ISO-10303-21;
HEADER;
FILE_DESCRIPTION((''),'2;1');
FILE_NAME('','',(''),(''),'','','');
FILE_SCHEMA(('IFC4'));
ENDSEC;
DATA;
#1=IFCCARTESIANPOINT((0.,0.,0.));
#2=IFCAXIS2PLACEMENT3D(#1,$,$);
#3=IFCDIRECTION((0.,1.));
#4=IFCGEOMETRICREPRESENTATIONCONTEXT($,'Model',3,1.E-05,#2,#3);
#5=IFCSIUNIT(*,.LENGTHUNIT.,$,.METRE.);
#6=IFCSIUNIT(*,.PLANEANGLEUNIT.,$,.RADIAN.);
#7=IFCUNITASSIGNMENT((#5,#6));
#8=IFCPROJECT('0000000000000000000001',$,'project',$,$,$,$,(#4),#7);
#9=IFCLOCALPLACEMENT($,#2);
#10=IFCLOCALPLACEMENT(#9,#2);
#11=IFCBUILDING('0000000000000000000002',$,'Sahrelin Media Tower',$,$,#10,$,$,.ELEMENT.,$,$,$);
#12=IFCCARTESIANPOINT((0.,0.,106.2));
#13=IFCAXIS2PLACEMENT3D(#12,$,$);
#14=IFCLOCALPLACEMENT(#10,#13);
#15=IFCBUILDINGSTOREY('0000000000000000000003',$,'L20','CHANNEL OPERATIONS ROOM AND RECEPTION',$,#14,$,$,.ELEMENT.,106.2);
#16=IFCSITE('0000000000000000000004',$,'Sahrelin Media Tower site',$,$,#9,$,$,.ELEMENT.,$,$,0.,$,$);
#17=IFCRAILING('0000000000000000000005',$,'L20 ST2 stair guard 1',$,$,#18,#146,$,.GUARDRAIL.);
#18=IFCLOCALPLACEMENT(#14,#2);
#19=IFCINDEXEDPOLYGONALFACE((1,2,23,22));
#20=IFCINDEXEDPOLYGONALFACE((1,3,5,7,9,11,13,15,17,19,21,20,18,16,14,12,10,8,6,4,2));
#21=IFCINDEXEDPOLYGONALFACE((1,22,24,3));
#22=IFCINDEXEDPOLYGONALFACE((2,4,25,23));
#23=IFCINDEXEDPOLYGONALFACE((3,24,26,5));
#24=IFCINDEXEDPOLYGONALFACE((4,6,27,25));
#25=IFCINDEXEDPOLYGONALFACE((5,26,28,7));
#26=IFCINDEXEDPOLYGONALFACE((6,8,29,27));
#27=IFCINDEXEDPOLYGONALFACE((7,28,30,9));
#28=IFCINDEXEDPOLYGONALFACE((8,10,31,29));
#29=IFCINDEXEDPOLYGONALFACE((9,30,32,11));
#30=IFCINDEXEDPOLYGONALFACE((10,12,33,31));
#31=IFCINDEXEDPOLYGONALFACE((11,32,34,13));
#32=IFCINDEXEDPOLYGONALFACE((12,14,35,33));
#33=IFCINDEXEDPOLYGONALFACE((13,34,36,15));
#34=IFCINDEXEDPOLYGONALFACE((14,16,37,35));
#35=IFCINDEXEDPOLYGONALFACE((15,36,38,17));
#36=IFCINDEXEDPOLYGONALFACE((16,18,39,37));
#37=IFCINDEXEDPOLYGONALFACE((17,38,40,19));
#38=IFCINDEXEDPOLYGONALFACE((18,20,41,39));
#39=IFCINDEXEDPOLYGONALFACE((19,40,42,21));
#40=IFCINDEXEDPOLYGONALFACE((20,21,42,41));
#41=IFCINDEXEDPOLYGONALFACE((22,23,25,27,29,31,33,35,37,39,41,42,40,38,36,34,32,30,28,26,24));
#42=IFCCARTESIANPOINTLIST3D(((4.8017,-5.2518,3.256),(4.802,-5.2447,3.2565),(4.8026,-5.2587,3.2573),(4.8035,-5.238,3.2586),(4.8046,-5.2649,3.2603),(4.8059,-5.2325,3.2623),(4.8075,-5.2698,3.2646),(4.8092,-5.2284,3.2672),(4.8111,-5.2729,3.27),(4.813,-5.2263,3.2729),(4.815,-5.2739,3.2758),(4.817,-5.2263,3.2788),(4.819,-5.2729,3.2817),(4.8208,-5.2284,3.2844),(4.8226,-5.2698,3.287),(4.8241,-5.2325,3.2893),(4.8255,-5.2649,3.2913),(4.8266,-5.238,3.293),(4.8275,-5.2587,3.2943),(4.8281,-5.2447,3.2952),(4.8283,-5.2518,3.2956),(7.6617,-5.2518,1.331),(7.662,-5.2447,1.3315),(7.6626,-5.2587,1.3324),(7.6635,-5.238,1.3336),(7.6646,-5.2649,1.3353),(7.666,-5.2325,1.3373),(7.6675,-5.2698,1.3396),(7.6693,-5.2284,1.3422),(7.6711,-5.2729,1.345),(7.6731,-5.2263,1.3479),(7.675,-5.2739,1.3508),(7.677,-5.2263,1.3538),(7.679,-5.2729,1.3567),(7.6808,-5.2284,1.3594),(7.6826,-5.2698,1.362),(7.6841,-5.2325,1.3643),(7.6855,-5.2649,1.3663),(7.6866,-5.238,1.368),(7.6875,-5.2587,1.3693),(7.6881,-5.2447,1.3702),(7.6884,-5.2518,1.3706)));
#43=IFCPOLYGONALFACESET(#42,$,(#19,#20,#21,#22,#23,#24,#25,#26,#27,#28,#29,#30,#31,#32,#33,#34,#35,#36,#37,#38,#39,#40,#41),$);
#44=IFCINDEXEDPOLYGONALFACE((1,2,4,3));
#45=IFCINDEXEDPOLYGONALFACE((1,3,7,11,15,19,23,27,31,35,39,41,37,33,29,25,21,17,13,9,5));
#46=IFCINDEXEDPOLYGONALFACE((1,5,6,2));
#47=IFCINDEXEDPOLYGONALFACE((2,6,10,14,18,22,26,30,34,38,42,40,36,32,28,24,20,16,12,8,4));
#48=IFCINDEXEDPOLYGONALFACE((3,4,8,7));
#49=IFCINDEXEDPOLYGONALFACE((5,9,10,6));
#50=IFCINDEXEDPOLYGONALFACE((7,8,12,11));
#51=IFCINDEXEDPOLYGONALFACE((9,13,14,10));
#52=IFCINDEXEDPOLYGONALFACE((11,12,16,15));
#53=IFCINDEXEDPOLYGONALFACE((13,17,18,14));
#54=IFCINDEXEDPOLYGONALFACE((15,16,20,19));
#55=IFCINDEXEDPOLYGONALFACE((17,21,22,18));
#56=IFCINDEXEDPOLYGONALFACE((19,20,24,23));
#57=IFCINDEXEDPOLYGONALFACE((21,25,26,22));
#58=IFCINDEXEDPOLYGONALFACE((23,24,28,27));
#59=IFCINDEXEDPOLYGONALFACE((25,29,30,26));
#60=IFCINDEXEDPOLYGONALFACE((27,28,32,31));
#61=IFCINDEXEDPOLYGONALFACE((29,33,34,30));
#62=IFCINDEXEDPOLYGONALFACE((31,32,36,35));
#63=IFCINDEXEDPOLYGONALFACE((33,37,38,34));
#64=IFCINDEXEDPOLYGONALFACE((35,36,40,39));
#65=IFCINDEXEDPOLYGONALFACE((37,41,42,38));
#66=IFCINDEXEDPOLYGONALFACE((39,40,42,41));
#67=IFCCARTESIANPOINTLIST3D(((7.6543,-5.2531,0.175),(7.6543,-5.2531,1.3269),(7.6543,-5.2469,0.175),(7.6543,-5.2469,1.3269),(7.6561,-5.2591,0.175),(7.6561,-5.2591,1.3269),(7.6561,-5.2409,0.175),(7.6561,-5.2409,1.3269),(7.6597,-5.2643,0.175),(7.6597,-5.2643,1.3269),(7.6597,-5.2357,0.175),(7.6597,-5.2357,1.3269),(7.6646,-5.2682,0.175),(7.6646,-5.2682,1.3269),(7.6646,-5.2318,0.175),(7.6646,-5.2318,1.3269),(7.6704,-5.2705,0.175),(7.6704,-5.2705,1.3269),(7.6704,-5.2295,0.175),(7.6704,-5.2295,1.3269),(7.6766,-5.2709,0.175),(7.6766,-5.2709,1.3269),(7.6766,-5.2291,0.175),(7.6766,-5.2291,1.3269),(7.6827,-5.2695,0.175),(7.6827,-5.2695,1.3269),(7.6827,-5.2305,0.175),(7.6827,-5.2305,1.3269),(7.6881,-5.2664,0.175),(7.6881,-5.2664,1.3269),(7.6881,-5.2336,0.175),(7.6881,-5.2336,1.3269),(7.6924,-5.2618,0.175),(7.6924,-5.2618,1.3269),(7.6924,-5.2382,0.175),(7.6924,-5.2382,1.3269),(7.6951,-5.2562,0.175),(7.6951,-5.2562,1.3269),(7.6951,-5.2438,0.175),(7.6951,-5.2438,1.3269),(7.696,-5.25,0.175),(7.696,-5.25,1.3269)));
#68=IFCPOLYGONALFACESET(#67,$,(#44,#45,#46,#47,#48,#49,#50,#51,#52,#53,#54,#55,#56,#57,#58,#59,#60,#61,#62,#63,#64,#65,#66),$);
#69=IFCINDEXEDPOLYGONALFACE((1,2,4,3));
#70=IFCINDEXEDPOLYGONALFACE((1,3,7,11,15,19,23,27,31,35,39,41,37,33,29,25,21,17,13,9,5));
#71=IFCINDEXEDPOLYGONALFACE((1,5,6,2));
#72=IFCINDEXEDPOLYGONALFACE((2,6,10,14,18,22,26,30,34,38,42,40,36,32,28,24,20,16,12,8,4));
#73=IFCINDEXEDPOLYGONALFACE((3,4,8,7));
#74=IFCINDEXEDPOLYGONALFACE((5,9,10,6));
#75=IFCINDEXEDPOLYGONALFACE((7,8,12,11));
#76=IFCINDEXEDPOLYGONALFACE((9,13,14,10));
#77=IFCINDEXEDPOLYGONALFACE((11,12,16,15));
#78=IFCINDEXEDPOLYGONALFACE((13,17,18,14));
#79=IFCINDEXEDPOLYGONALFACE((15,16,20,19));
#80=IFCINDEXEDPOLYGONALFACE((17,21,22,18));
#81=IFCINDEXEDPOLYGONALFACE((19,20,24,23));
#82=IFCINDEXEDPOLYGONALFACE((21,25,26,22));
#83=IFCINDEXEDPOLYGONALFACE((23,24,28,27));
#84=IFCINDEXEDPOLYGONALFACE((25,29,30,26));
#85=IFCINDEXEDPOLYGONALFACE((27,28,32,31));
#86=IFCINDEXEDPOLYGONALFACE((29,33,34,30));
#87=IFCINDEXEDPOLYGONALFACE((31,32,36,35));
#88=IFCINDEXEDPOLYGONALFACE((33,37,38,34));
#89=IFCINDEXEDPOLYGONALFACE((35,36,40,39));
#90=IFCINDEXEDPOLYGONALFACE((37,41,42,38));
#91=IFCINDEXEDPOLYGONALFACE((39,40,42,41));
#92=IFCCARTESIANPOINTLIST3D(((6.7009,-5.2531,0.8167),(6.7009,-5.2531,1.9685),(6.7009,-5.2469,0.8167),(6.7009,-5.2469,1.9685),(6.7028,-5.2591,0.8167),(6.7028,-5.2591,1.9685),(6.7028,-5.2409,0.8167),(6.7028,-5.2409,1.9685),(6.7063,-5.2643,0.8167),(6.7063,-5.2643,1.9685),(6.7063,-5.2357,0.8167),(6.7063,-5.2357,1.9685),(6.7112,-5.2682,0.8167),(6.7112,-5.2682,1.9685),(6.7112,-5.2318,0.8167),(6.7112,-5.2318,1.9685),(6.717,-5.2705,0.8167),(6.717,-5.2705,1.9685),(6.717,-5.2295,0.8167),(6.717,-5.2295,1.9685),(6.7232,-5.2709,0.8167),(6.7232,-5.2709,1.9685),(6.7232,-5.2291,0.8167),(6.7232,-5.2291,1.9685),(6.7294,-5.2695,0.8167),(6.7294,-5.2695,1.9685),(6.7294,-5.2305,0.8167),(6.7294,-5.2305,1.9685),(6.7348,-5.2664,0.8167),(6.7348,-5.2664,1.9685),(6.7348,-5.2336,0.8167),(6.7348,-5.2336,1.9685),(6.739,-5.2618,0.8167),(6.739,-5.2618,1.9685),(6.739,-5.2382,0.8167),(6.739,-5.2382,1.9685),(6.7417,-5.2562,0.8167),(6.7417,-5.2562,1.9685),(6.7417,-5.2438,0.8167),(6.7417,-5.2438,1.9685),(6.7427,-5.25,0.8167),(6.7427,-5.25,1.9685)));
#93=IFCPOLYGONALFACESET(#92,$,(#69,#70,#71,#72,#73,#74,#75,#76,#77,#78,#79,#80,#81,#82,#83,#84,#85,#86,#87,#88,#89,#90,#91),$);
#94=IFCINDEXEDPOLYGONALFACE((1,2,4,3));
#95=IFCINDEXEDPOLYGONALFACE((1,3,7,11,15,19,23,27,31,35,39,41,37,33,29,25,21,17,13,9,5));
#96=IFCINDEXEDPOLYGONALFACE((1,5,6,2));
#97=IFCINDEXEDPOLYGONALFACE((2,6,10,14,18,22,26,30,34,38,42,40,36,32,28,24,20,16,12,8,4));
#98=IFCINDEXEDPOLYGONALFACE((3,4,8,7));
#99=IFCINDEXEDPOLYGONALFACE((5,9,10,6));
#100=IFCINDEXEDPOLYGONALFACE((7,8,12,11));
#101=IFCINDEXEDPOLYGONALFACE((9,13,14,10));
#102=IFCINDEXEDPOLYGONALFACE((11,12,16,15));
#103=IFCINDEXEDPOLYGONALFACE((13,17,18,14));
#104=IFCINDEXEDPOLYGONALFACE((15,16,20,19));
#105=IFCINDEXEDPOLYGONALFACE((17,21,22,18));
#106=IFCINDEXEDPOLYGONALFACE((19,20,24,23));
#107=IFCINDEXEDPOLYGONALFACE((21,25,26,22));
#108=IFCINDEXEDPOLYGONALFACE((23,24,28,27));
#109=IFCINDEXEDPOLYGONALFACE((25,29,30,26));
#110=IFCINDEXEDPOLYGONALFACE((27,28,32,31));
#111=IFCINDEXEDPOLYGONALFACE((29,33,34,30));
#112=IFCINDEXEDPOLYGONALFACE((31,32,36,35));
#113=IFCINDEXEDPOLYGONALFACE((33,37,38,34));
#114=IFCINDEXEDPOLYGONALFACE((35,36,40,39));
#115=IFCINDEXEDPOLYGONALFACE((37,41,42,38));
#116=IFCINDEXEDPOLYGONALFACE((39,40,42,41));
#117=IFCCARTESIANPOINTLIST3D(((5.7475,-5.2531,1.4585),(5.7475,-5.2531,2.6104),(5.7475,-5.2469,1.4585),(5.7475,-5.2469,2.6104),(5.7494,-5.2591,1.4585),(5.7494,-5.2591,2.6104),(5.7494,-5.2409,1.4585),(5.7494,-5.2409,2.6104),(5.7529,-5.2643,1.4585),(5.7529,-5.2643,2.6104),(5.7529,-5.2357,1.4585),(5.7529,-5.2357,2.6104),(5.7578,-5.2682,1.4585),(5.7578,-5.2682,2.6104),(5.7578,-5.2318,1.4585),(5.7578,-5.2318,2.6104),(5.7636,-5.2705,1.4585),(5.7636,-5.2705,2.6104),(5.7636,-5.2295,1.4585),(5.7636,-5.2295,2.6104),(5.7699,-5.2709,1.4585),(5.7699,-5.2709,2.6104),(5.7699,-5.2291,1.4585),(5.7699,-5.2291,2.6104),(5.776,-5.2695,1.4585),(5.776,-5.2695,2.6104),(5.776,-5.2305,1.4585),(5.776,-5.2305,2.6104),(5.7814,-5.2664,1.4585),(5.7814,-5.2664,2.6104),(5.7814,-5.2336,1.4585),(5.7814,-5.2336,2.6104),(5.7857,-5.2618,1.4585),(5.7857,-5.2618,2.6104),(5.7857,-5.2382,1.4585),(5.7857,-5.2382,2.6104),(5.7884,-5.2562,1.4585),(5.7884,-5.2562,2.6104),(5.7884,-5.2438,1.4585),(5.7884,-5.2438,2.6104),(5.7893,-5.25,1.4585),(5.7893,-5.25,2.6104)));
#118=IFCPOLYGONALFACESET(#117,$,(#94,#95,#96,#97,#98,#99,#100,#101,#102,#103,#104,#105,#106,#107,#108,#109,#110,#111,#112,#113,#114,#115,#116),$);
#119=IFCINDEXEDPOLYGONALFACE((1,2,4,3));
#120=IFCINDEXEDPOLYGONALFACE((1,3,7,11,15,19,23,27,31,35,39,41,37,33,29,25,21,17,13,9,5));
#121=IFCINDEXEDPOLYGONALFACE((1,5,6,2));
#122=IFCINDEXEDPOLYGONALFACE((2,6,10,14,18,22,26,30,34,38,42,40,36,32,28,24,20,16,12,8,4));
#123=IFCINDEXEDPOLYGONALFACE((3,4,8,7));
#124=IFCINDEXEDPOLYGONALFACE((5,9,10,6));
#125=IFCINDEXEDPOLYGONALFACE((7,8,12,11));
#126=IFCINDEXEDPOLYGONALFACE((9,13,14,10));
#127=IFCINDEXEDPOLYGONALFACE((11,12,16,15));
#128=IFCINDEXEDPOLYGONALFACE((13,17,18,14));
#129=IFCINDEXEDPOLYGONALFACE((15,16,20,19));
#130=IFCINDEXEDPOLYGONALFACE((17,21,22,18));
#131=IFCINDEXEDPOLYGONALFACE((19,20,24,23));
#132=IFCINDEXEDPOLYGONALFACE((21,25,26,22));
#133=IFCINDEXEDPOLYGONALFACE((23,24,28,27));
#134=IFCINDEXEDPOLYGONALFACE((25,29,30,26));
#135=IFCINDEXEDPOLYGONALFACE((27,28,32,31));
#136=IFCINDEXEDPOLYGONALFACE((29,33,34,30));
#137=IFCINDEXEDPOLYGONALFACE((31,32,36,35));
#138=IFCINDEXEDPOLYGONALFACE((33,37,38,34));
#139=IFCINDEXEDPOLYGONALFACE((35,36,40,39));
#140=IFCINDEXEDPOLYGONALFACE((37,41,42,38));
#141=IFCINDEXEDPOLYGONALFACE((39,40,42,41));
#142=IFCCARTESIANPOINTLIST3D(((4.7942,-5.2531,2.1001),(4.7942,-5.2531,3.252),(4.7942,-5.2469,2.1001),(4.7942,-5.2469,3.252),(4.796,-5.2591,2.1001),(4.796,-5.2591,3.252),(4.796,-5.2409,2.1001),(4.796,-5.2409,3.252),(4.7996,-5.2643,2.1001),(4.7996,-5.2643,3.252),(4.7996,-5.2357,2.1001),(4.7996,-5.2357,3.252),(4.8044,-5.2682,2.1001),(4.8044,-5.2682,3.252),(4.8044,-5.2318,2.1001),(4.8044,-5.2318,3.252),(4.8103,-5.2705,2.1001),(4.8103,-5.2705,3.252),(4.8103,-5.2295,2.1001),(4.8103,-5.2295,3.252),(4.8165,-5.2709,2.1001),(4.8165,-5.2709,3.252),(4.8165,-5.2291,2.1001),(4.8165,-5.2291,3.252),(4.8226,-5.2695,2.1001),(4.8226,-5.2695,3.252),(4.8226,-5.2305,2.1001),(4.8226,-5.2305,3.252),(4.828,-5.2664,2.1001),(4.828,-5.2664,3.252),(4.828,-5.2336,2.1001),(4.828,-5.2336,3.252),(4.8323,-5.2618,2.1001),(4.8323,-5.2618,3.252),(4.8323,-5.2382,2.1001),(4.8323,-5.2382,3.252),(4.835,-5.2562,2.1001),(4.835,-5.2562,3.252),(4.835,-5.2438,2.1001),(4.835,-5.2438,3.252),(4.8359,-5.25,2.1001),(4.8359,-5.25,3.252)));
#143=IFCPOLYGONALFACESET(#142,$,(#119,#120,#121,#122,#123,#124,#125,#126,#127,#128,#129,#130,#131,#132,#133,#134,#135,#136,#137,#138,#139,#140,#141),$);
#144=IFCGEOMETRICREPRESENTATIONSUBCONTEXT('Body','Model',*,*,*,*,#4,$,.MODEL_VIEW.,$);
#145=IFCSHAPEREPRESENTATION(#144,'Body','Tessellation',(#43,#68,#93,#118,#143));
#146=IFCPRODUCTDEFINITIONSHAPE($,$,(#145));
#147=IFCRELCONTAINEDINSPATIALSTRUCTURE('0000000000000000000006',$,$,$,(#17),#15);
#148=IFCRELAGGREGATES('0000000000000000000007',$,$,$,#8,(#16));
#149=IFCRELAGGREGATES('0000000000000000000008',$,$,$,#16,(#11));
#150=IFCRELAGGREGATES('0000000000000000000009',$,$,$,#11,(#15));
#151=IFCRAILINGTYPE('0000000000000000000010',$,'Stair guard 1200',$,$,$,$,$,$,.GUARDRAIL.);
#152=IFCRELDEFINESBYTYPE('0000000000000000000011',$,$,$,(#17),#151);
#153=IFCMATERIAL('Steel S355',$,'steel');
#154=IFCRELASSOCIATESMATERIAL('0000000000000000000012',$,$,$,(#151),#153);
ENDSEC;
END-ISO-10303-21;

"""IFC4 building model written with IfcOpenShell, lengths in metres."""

from ifc_helpers import new_model, si_unit, direction, frame, origin, origin_2d, place, context, subcontext, project, spatial, circle, extrude, material, type_object, element, save


model = new_model("IFC4")

# Units and contexts
model_context = context("Model", 3, precision=1e-05, world=origin(), true_north=direction((0.0, 1.0)))
body_context = subcontext(model_context, "Body", "Model", "MODEL_VIEW")
ifc_project = project(units=[si_unit("LENGTHUNIT", "METRE"), si_unit("PLANEANGLEUNIT", "RADIAN")], contexts=[model_context])

# Site, building, storey
site_placement = place(None, origin())
site = spatial("IfcSite", under=ifc_project, at=site_placement, Name="Sahrelin Media Tower site", CompositionType="ELEMENT", RefElevation=0.0)
building_placement = place(site_placement, origin())
building = spatial("IfcBuilding", under=site, at=building_placement, Name="Sahrelin Media Tower", CompositionType="ELEMENT")
storey_placement = place(building_placement, frame((0.0, 0.0, 106.2)))
storey = spatial("IfcBuildingStorey", under=building, at=storey_placement, Name="L20", Description="CHANNEL OPERATIONS ROOM AND RECEPTION", CompositionType="ELEMENT", Elevation=106.2)

# Shared definitions
ifc_material_1 = material(Name="Steel S355", Category="steel")

# Railing
railing_type_1 = type_object("IfcRailingType", Name="Stair guard 1200", PredefinedType="GUARDRAIL", material=ifc_material_1)
railing_1_placement = place(storey_placement, frame((7.675, -5.25, 0.175)))
element("IfcRailing", 1, at=railing_1_placement, inside=storey, type_object=railing_type_1, Name="L20 ST2 stair guard 1", PredefinedType="GUARDRAIL", context=body_context, shape_type="SweptSolid", body=[
    extrude(circle(Radius=0.0239, at=origin_2d()), frame((0.0, 0.0, 1.1758), z_axis=(-0.829591, 0.0, 0.558372), x_axis=(0.0, -1.0, 0.0)), (0.0, 0.0, 1.0), 3.4475),
    extrude(circle(Radius=0.021, at=origin_2d()), origin(), (0.0, 0.0, 1.0), 1.1519),
    extrude(circle(Radius=0.021, at=origin_2d()), frame((-0.9534, 0.0, 0.6416)), (0.0, 0.0, 1.0), 1.1519),
    extrude(circle(Radius=0.021, at=origin_2d()), frame((-1.9067, 0.0, 1.2834)), (0.0, 0.0, 1.0), 1.1519),
    extrude(circle(Radius=0.021, at=origin_2d()), frame((-2.8601, 0.0, 1.925)), (0.0, 0.0, 1.0), 1.1519),
])

save(model, "model.ifc")
